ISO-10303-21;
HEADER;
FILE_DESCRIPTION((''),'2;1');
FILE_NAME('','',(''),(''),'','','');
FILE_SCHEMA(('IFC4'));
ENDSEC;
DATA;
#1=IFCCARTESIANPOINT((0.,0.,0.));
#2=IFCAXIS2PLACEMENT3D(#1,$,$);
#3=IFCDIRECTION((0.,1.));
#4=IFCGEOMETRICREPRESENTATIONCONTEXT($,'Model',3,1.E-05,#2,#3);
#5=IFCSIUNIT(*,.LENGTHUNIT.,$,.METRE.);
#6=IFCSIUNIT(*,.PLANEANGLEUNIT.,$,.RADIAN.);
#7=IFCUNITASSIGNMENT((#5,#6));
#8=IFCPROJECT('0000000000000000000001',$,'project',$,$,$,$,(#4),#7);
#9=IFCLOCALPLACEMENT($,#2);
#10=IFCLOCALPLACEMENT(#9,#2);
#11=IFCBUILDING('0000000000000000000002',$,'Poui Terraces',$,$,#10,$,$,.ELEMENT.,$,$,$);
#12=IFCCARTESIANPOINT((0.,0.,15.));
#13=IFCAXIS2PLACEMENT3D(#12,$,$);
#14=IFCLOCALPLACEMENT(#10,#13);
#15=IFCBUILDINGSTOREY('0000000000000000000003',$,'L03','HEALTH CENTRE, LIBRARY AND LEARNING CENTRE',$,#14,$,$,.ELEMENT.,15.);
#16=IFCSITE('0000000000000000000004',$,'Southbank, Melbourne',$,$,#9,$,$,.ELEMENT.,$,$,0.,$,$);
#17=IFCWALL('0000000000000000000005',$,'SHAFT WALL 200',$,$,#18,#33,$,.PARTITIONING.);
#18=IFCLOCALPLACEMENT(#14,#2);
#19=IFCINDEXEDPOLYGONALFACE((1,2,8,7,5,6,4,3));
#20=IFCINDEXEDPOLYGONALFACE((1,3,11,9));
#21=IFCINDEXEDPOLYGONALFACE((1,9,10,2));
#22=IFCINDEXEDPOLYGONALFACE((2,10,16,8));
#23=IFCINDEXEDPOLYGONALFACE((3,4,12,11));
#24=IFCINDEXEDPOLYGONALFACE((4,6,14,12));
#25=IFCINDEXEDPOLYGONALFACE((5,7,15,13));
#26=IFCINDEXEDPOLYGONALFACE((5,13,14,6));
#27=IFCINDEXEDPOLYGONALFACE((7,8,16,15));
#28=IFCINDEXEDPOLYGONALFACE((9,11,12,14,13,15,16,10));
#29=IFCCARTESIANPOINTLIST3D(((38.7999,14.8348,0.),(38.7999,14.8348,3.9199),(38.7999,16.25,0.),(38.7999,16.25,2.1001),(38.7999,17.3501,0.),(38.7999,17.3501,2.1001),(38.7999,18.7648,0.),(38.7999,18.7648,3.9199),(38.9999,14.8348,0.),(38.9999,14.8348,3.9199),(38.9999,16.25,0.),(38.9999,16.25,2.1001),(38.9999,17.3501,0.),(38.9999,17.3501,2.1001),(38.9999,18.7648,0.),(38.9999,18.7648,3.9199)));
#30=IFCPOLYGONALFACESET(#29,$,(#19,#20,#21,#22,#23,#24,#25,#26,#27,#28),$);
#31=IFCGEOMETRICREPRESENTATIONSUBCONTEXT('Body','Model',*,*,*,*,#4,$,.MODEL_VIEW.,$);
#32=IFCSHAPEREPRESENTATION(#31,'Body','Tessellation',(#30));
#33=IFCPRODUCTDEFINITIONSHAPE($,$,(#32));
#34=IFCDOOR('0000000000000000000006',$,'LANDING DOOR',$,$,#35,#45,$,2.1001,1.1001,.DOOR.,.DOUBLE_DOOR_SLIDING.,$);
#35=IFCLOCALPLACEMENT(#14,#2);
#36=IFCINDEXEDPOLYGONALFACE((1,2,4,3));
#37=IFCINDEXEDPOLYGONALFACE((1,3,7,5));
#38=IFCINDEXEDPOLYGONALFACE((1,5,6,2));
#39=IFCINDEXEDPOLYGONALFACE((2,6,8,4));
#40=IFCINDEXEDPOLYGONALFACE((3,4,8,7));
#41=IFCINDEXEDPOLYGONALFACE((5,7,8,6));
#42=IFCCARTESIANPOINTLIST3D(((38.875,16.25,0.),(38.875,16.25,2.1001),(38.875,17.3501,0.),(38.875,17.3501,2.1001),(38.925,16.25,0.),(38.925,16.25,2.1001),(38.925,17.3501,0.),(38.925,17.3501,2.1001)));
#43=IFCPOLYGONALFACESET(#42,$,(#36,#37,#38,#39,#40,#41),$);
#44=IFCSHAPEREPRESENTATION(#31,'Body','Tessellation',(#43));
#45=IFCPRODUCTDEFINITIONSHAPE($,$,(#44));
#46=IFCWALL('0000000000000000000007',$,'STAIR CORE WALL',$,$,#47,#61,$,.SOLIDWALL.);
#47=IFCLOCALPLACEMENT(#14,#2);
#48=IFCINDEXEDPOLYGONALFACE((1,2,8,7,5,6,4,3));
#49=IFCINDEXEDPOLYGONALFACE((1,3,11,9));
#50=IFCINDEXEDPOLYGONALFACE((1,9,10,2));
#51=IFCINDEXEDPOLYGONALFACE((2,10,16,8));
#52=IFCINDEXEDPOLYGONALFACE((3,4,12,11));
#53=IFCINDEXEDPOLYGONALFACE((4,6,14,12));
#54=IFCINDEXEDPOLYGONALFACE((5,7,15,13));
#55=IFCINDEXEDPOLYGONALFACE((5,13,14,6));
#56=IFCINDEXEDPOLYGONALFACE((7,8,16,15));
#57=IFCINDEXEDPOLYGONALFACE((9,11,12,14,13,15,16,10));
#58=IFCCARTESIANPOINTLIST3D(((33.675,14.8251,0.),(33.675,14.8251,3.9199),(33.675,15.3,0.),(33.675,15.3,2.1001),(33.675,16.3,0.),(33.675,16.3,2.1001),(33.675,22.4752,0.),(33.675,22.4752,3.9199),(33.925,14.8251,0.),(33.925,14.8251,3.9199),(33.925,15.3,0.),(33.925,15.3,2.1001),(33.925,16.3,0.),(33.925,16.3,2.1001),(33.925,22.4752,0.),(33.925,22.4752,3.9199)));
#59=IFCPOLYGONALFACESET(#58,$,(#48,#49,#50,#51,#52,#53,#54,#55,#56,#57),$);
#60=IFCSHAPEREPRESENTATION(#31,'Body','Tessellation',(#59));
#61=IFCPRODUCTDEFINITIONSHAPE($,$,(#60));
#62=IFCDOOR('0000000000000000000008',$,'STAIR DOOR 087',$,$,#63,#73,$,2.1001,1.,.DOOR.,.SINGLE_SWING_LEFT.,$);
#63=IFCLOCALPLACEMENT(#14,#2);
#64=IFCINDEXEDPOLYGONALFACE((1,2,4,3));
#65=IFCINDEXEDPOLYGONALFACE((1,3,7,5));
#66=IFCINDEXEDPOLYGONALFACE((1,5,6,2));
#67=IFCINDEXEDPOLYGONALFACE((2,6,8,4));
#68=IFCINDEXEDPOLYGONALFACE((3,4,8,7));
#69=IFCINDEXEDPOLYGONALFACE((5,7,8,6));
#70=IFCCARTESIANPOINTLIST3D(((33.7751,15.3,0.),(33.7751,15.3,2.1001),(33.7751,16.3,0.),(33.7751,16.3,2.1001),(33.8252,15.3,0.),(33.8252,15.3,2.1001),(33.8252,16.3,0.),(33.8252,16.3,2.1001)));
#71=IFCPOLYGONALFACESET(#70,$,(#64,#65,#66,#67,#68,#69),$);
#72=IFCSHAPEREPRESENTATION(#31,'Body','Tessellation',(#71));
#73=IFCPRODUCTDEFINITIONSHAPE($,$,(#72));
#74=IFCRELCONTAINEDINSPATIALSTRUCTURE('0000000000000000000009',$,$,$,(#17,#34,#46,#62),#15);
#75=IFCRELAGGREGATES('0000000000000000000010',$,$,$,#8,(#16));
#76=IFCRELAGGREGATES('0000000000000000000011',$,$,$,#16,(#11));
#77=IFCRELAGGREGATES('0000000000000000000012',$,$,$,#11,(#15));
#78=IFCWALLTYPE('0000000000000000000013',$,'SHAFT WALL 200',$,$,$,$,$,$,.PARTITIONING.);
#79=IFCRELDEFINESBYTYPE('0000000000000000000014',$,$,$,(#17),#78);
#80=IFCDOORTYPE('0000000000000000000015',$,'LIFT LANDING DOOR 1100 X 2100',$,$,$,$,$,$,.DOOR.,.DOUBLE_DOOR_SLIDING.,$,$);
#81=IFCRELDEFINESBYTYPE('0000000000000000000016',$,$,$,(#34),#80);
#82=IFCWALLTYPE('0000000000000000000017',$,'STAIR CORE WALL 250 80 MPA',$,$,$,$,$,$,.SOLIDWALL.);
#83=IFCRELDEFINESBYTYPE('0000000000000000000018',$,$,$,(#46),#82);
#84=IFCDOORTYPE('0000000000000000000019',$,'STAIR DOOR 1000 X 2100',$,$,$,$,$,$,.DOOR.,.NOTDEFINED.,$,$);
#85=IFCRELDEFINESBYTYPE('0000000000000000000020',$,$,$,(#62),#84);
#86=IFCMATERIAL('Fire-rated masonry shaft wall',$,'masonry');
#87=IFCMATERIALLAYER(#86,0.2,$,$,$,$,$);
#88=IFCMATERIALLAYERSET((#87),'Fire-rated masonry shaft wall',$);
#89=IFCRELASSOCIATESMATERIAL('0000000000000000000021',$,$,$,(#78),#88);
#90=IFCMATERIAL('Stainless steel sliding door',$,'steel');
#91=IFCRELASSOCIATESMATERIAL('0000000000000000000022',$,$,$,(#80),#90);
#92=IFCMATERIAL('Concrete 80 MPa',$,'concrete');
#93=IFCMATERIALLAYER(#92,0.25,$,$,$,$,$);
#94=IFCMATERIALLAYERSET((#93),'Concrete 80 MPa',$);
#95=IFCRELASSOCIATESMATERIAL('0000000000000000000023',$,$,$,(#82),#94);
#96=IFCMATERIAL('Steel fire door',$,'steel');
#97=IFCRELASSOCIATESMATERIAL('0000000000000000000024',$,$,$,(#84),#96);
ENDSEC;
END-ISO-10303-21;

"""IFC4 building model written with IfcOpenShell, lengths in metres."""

from ifc_helpers import new_model, si_unit, direction, frame, frame_2d, origin, place, context, subcontext, project, spatial, rectangle, extrude, material, layer, layer_set, type_object, element, fill, save


model = new_model("IFC4")

# Units and contexts
model_context = context("Model", 3, precision=1e-05, world=origin(), true_north=direction((0.0, 1.0)))
body_context = subcontext(model_context, "Body", "Model", "MODEL_VIEW")
ifc_project = project(units=[si_unit("LENGTHUNIT", "METRE"), si_unit("PLANEANGLEUNIT", "RADIAN")], contexts=[model_context])

# Site, building, storey
site_placement = place(None, origin())
site = spatial("IfcSite", under=ifc_project, at=site_placement, Name="Southbank, Melbourne", CompositionType="ELEMENT", RefElevation=0.0)
building_placement = place(site_placement, origin())
building = spatial("IfcBuilding", under=site, at=building_placement, Name="Poui Terraces", CompositionType="ELEMENT")
storey_placement = place(building_placement, frame((0.0, 0.0, 15.0)))
storey = spatial("IfcBuildingStorey", under=building, at=storey_placement, Name="L03", Description="HEALTH CENTRE, LIBRARY AND LEARNING CENTRE", CompositionType="ELEMENT", Elevation=15.0)

# Shared definitions
ifc_material_1 = material(Name="Concrete 80 MPa", Category="concrete")

# Shared definitions
ifc_material_2 = material(Name="Steel fire door", Category="steel")

# Walls, openings, doors
ifc_material_3 = material(Name="Fire-rated masonry shaft wall", Category="masonry")
ifc_layer_1 = layer(ifc_material_3, 0.2)
ifc_layer_set_1 = layer_set([ifc_layer_1], Name="Fire-rated masonry shaft wall")
wall_type_1 = type_object("IfcWallType", Name="SHAFT WALL 200", PredefinedType="PARTITIONING", material=ifc_layer_set_1)
wall_1_placement = place(storey_placement, frame((38.8999, 14.835, 0.0), z_axis=(0.0, 0.0, 1.0), x_axis=(0.0, 1.0, 0.0)))
wall_1 = element("IfcWall", 1, at=wall_1_placement, inside=storey, type_object=wall_type_1, Name="SHAFT WALL 200", PredefinedType="PARTITIONING", context=body_context, shape_type="SweptSolid", body=[
    extrude(rectangle(XDim=3.9299, YDim=0.2, at=frame_2d((1.9648, 0.0))), origin(), (0.0, 0.0, 1.0), 3.9199),
])
opening_1_placement = place(wall_1_placement, frame((1.415, 0.0, 0.0)))
opening_1 = element("IfcOpeningElement", 2, at=opening_1_placement, cuts=wall_1, PredefinedType="OPENING", context=body_context, shape_type="SweptSolid", body=[
    extrude(rectangle(XDim=1.1001, YDim=2.1001, at=frame_2d((0.55, 1.05))), frame((0.0, 0.1099, 0.0), z_axis=(0.0, -1.0, 0.0), x_axis=(1.0, 0.0, 0.0)), (0.0, 0.0, 1.0), 0.22),
])
ifc_material_4 = material(Name="Stainless steel sliding door", Category="steel")
door_type_1 = type_object("IfcDoorType", Name="LIFT LANDING DOOR 1100 X 2100", OperationType="DOUBLE_DOOR_SLIDING", PredefinedType="DOOR", material=ifc_material_4)
door_1_placement = place(opening_1_placement, origin())
door_1 = element("IfcDoor", 3, at=door_1_placement, inside=storey, type_object=door_type_1, Name="LANDING DOOR", OperationType="DOUBLE_DOOR_SLIDING", OverallHeight=2.1001, OverallWidth=1.1001, PredefinedType="DOOR", context=body_context, shape_type="SweptSolid", body=[
    extrude(rectangle(XDim=1.1001, YDim=2.1001, at=frame_2d((0.55, 1.05))), frame((0.0, 0.0249, 0.0), z_axis=(0.0, -1.0, 0.0), x_axis=(1.0, 0.0, 0.0)), (0.0, 0.0, 1.0), 0.05),
])
fill(opening_1, door_1)
ifc_layer_2 = layer(ifc_material_1, 0.25)
ifc_layer_set_2 = layer_set([ifc_layer_2], Name="Concrete 80 MPa")
wall_type_2 = type_object("IfcWallType", Name="STAIR CORE WALL 250 80 MPA", PredefinedType="SOLIDWALL", material=ifc_layer_set_2)
wall_2_placement = place(storey_placement, frame((33.8, 14.825, 0.0), z_axis=(0.0, 0.0, 1.0), x_axis=(0.0, 1.0, 0.0)))
wall_2 = element("IfcWall", 4, at=wall_2_placement, inside=storey, type_object=wall_type_2, Name="STAIR CORE WALL", PredefinedType="SOLIDWALL", context=body_context, shape_type="SweptSolid", body=[
    extrude(rectangle(XDim=7.6501, YDim=0.25, at=frame_2d((3.8252, 0.0))), origin(), (0.0, 0.0, 1.0), 3.9199),
])
opening_2_placement = place(wall_2_placement, frame((0.4751, 0.0, 0.0)))
opening_2 = element("IfcOpeningElement", 5, at=opening_2_placement, cuts=wall_2, PredefinedType="OPENING", context=body_context, shape_type="SweptSolid", body=[
    extrude(rectangle(XDim=1.0, YDim=2.1001, at=frame_2d((0.5, 1.05))), frame((0.0, 0.135, 0.0), z_axis=(0.0, -1.0, 0.0), x_axis=(1.0, 0.0, 0.0)), (0.0, 0.0, 1.0), 0.27),
])
door_type_2 = type_object("IfcDoorType", Name="STAIR DOOR 1000 X 2100", OperationType="NOTDEFINED", PredefinedType="DOOR", material=ifc_material_2)
door_2_placement = place(opening_2_placement, origin())
door_2 = element("IfcDoor", 6, at=door_2_placement, inside=storey, type_object=door_type_2, Name="STAIR DOOR 087", OperationType="SINGLE_SWING_LEFT", OverallHeight=2.1001, OverallWidth=1.0, PredefinedType="DOOR", context=body_context, shape_type="SweptSolid", body=[
    extrude(rectangle(XDim=1.0, YDim=2.1001, at=frame_2d((0.5, 1.05))), frame((0.0, 0.0249, 0.0), z_axis=(0.0, -1.0, 0.0), x_axis=(1.0, 0.0, 0.0)), (0.0, 0.0, 1.0), 0.05),
])
fill(opening_2, door_2)

save(model, "model.ifc")
